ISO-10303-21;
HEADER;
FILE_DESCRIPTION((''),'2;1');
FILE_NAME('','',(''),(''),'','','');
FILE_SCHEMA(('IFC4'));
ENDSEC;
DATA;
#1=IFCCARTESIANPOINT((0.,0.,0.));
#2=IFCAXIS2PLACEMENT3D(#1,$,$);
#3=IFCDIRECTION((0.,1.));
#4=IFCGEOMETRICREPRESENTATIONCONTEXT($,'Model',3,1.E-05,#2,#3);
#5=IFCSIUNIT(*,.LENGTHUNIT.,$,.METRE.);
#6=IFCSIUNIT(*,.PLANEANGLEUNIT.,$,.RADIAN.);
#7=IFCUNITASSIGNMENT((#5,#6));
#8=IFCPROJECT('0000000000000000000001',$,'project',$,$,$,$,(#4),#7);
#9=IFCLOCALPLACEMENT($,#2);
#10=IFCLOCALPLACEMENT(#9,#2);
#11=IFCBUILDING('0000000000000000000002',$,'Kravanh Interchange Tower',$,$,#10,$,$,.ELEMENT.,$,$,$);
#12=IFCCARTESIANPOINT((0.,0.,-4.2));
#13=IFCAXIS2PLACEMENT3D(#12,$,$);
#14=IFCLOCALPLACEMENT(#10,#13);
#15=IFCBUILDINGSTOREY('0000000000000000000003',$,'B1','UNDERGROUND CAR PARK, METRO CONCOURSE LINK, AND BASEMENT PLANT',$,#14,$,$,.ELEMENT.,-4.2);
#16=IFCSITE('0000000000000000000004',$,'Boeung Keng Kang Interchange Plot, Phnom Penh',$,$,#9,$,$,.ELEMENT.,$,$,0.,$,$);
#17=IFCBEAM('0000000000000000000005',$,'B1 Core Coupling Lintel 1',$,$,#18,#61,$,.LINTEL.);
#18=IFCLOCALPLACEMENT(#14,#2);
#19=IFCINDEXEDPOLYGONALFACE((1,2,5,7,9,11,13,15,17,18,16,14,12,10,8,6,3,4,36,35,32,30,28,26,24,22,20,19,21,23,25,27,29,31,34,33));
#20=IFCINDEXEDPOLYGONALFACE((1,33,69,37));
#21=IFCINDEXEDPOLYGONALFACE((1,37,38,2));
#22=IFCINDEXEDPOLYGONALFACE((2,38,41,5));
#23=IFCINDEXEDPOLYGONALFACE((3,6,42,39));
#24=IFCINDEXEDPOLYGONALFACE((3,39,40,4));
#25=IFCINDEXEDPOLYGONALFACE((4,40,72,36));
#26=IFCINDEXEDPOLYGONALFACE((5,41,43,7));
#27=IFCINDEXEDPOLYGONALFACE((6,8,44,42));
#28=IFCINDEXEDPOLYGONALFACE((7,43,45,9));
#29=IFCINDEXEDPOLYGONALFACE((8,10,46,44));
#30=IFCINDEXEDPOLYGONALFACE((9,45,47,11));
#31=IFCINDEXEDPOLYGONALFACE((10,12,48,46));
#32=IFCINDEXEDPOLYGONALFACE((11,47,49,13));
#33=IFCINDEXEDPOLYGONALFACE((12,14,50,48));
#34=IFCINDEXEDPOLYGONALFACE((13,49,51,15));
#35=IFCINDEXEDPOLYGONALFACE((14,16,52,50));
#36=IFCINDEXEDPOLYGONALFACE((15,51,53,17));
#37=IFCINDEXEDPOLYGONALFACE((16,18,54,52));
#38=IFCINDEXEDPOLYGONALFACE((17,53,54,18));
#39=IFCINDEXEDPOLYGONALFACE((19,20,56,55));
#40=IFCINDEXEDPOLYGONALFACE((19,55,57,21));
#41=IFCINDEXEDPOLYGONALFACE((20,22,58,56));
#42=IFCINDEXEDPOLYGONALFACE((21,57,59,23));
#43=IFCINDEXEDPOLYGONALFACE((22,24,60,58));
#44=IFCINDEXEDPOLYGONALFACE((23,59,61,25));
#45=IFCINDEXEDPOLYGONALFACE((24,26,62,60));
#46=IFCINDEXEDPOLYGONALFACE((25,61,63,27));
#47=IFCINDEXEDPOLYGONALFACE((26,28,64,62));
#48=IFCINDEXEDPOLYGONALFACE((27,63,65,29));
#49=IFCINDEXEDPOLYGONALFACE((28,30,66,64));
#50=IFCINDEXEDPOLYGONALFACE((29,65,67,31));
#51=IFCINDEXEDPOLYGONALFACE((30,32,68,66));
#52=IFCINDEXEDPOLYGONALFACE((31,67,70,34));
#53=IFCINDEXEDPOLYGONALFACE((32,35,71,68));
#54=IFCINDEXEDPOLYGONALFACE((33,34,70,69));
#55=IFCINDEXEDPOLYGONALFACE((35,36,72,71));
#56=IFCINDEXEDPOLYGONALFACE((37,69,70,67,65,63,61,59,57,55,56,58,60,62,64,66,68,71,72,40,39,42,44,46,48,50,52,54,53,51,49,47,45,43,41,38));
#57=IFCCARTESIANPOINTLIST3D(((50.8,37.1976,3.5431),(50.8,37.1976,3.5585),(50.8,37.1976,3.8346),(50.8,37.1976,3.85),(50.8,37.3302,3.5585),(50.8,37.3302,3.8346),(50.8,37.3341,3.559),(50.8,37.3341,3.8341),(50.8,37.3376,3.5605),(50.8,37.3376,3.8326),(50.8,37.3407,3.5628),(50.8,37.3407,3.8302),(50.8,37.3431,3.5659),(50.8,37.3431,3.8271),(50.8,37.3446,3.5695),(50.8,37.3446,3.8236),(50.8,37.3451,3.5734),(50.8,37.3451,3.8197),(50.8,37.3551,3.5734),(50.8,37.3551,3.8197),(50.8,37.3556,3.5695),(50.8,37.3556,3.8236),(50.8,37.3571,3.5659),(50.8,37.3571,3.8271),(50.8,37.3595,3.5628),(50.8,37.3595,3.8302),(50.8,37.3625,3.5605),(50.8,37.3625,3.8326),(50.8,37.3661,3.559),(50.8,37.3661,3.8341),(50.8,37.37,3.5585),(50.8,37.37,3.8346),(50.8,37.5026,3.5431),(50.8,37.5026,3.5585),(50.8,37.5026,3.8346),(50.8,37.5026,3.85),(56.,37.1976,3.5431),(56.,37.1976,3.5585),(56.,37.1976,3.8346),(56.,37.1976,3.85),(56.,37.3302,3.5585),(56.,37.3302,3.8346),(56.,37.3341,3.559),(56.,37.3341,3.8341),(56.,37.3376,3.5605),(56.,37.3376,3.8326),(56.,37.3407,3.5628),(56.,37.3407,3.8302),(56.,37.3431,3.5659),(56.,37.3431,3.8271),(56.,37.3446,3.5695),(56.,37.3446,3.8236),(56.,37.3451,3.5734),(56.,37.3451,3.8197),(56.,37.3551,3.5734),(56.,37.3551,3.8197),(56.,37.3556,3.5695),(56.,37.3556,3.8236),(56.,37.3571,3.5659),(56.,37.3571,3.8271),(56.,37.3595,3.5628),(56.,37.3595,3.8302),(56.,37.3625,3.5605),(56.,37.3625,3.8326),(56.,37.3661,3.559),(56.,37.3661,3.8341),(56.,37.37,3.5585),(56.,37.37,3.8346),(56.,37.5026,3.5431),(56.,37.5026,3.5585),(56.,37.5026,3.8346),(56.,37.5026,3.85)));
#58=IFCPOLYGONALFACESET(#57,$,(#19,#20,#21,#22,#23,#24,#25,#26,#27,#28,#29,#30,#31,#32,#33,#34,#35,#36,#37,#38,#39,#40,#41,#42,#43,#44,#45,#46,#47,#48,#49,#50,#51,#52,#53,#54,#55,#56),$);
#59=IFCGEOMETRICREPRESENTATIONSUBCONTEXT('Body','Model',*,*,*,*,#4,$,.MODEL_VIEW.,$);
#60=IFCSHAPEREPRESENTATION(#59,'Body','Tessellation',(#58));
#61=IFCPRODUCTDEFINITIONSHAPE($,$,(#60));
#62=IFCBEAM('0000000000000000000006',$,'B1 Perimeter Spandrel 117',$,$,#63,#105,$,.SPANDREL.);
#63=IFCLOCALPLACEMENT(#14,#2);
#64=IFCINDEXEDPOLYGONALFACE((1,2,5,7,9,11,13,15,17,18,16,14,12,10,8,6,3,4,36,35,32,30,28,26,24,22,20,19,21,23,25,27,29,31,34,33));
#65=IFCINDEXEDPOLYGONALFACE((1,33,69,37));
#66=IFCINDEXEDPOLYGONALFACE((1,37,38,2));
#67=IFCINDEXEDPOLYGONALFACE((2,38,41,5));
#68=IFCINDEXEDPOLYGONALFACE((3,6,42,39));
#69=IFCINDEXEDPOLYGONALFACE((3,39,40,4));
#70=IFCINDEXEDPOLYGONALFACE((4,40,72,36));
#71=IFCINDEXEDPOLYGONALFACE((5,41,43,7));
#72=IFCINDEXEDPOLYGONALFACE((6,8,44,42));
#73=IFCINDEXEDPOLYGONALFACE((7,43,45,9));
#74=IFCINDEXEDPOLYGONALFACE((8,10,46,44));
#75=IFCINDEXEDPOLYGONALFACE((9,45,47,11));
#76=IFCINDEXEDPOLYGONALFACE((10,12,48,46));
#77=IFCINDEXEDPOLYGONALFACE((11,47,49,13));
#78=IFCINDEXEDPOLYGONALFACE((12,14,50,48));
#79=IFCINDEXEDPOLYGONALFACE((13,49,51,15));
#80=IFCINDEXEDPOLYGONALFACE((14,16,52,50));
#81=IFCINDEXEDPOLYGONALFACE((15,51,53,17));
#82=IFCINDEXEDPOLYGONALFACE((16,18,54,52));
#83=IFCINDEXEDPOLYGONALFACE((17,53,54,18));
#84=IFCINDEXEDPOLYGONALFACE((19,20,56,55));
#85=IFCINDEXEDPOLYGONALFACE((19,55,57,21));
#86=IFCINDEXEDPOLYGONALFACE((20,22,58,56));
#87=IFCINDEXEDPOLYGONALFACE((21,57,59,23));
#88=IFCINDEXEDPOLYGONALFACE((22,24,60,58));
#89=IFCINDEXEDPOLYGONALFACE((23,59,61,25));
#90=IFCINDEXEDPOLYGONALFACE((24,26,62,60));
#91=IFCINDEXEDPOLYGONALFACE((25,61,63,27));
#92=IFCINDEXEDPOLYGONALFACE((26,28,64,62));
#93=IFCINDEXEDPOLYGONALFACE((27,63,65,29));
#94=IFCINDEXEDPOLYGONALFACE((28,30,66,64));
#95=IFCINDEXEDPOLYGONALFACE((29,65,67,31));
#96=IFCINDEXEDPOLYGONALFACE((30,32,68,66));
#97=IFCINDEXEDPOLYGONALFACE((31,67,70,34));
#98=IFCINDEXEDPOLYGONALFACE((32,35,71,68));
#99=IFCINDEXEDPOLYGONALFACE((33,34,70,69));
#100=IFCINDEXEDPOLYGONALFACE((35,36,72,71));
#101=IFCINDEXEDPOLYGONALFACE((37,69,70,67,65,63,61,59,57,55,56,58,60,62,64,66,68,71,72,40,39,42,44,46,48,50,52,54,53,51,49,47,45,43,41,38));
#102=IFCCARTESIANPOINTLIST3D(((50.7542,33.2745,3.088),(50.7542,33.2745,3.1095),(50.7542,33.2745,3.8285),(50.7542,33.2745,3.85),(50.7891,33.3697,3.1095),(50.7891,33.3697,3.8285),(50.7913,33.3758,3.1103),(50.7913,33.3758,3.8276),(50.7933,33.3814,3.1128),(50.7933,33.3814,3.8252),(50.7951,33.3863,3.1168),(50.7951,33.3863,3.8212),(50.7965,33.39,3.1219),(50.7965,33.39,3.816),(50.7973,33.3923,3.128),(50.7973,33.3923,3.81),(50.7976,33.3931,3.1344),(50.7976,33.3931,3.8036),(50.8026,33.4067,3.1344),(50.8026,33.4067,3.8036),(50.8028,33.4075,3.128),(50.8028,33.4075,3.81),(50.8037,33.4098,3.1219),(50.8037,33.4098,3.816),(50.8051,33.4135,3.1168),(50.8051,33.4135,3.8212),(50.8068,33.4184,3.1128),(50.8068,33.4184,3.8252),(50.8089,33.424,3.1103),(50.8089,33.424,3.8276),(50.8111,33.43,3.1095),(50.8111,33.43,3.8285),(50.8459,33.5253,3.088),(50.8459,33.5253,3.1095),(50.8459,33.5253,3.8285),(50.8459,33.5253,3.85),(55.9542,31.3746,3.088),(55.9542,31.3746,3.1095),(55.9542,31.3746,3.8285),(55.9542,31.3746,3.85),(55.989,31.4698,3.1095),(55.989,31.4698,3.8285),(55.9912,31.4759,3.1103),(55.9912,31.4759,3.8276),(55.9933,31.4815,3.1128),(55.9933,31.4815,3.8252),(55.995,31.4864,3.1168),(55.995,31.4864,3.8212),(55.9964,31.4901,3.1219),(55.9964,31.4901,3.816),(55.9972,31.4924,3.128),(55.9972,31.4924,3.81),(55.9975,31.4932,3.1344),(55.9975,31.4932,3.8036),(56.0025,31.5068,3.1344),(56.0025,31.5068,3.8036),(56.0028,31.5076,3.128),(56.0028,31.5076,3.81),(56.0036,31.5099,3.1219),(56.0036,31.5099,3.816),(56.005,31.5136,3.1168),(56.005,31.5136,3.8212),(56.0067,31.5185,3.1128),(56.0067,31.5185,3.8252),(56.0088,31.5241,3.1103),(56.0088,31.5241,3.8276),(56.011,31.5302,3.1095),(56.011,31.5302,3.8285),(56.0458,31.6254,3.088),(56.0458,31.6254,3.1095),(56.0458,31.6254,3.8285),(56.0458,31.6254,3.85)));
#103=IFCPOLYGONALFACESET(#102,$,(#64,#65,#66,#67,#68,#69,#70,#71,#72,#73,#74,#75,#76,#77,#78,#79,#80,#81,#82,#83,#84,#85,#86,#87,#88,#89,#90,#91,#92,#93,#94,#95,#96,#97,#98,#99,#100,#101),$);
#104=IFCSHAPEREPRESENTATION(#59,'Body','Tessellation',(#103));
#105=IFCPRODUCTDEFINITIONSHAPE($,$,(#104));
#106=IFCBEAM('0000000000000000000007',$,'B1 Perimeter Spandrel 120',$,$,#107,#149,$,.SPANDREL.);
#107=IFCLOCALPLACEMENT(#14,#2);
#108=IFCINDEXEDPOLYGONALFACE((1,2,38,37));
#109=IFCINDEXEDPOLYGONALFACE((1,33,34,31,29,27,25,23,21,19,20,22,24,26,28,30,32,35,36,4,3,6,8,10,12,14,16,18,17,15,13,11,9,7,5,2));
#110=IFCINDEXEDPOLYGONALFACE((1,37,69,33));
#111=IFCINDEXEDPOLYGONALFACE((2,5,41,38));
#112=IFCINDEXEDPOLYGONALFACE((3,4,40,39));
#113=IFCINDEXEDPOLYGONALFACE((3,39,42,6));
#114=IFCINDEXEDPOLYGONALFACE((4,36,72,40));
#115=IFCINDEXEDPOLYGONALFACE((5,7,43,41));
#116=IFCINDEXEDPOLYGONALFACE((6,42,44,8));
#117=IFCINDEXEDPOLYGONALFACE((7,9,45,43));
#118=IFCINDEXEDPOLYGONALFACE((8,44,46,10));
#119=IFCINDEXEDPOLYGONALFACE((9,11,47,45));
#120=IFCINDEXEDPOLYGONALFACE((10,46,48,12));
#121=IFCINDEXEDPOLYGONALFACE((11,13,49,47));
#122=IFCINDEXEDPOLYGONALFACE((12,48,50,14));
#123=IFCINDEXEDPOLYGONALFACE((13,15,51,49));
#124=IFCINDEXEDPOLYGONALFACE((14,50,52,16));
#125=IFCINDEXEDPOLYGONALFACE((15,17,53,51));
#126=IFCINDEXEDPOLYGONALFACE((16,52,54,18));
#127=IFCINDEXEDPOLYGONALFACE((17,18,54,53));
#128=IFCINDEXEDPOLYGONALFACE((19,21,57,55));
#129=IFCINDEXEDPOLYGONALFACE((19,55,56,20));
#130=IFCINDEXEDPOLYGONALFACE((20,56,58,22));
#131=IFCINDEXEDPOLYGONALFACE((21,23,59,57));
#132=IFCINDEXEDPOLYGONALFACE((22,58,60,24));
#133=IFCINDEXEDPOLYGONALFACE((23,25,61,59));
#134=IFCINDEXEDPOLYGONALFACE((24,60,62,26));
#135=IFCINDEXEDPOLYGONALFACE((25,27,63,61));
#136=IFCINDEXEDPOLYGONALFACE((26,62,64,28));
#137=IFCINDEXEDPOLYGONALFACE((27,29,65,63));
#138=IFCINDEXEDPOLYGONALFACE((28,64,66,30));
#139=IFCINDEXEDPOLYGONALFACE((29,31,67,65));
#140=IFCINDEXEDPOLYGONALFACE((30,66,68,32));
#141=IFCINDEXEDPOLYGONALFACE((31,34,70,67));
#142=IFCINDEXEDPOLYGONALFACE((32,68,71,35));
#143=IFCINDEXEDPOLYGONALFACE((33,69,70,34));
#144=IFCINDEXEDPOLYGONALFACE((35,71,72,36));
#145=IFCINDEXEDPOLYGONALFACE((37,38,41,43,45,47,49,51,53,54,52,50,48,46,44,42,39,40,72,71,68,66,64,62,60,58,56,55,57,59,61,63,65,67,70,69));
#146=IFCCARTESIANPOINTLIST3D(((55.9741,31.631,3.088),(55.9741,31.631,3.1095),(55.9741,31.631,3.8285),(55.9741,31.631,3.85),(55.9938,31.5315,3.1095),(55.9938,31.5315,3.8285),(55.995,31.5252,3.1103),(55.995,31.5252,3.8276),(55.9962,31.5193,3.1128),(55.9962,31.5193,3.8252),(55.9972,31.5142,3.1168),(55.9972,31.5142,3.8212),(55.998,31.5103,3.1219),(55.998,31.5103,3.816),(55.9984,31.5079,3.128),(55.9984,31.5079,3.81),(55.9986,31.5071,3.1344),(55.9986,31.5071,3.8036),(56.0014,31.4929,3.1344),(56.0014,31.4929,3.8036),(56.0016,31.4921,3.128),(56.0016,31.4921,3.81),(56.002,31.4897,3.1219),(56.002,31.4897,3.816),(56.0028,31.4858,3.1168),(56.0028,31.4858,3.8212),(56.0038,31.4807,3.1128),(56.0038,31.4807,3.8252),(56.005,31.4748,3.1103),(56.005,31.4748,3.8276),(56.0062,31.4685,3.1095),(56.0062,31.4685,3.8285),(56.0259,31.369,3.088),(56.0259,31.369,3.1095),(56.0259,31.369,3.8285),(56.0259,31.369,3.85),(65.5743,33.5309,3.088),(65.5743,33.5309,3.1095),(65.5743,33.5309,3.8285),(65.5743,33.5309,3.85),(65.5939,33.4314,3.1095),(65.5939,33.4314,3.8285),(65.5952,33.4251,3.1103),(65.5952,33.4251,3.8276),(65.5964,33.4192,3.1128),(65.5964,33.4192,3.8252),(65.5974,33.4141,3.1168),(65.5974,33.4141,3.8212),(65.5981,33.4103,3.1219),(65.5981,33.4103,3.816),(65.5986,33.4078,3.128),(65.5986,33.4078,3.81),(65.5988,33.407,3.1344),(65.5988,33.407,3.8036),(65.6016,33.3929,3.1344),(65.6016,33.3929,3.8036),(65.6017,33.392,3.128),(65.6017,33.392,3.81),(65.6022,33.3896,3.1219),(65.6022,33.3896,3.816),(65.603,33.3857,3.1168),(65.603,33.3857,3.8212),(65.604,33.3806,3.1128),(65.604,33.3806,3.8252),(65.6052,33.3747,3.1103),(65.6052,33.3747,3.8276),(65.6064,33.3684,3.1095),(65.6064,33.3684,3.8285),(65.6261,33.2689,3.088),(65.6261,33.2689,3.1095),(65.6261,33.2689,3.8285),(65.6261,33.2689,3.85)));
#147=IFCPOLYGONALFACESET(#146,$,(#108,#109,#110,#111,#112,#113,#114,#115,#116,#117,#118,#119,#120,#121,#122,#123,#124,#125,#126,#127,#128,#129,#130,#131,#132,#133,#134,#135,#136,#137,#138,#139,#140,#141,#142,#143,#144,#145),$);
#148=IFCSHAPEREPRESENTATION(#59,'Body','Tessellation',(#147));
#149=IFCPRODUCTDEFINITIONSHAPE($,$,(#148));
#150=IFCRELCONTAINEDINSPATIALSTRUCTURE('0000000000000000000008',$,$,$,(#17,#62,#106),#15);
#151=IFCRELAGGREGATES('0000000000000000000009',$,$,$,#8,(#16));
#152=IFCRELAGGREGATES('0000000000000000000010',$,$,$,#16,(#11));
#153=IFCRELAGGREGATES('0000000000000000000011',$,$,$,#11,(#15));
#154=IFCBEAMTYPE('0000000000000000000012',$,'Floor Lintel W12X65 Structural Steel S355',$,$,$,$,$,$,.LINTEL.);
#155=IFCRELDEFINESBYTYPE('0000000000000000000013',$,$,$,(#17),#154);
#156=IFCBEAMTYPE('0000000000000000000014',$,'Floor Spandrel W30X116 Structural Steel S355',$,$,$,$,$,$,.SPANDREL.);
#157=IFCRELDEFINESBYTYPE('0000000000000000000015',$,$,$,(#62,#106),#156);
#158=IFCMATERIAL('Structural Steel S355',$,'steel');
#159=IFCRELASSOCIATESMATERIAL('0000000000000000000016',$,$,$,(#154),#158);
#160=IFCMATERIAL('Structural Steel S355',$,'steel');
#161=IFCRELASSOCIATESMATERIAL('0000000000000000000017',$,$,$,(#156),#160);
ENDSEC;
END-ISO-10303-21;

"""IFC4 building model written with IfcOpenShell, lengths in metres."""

from ifc_helpers import new_model, si_unit, direction, frame, origin, origin_2d, place, context, subcontext, project, spatial, i_section, extrude, material, material_profile, profile_set, type_object, element, save


model = new_model("IFC4")

# Units and contexts
model_context = context("Model", 3, precision=1e-05, world=origin(), true_north=direction((0.0, 1.0)))
body_context = subcontext(model_context, "Body", "Model", "MODEL_VIEW")
ifc_project = project(units=[si_unit("LENGTHUNIT", "METRE"), si_unit("PLANEANGLEUNIT", "RADIAN")], contexts=[model_context])

# Site, building, storey
site_placement = place(None, origin())
site = spatial("IfcSite", under=ifc_project, at=site_placement, Name="Boeung Keng Kang Interchange Plot, Phnom Penh", CompositionType="ELEMENT", RefElevation=0.0)
building_placement = place(site_placement, origin())
building = spatial("IfcBuilding", under=site, at=building_placement, Name="Kravanh Interchange Tower", CompositionType="ELEMENT")
storey_placement = place(building_placement, frame((0.0, 0.0, -4.2)))
storey = spatial("IfcBuildingStorey", under=building, at=storey_placement, Name="B1", Description="UNDERGROUND CAR PARK, METRO CONCOURSE LINK, AND BASEMENT PLANT", CompositionType="ELEMENT", Elevation=-4.2)

# Beams
ifc_material_1 = material(Name="Structural Steel S355", Category="steel")
ifc_material_profile_1 = material_profile(ifc_material_1, i_section(OverallWidth=0.3049, OverallDepth=0.3069, WebThickness=0.01, FlangeThickness=0.0154, FilletRadius=0.0149, at=origin_2d()), Name="W12X65")
ifc_profile_set_1 = profile_set([ifc_material_profile_1], Name="Structural Steel S355")
beam_type_1 = type_object("IfcBeamType", Name="Floor Lintel W12X65 Structural Steel S355", PredefinedType="LINTEL", material=ifc_profile_set_1)
beam_1_placement = place(storey_placement, frame((50.8, 37.3501, 3.6965), z_axis=(1.0, 0.0, 0.0), x_axis=(0.0, 1.0, 0.0)))
element("IfcBeam", 1, at=beam_1_placement, inside=storey, type_object=beam_type_1, Name="B1 Core Coupling Lintel 1", PredefinedType="LINTEL", context=body_context, shape_type="SweptSolid", body=[
    extrude(i_section(OverallWidth=0.3049, OverallDepth=0.3069, WebThickness=0.01, FlangeThickness=0.0154, FilletRadius=0.0149, at=origin_2d()), origin(), (0.0, 0.0, 1.0), 5.2),
])
ifc_material_2 = material(Name="Structural Steel S355", Category="steel")
ifc_material_profile_2 = material_profile(ifc_material_2, i_section(OverallWidth=0.2671, OverallDepth=0.762, WebThickness=0.0144, FlangeThickness=0.0215, FilletRadius=0.0249, at=origin_2d()), Name="W30X116")
ifc_profile_set_2 = profile_set([ifc_material_profile_2], Name="Structural Steel S355")
beam_type_2 = type_object("IfcBeamType", Name="Floor Spandrel W30X116 Structural Steel S355", PredefinedType="SPANDREL", material=ifc_profile_set_2)
beam_2_placement = place(storey_placement, frame((56.0, 31.5, 3.469), z_axis=(-0.93927, 0.34318, 0.0), x_axis=(-0.34318, -0.93927, 0.0)))
element("IfcBeam", 2, at=beam_2_placement, inside=storey, type_object=beam_type_2, Name="B1 Perimeter Spandrel 117", PredefinedType="SPANDREL", context=body_context, shape_type="SweptSolid", body=[
    extrude(i_section(OverallWidth=0.2671, OverallDepth=0.762, WebThickness=0.0144, FlangeThickness=0.0215, FilletRadius=0.0249, at=origin_2d()), origin(), (0.0, 0.0, 1.0), 5.5361),
])
beam_3_placement = place(storey_placement, frame((56.0, 31.5, 3.469), z_axis=(0.980974, 0.194139, 0.0), x_axis=(-0.194139, 0.980974, 0.0)))
element("IfcBeam", 3, at=beam_3_placement, inside=storey, type_object=beam_type_2, Name="B1 Perimeter Spandrel 120", PredefinedType="SPANDREL", context=body_context, shape_type="SweptSolid", body=[
    extrude(i_section(OverallWidth=0.2671, OverallDepth=0.762, WebThickness=0.0144, FlangeThickness=0.0215, FilletRadius=0.0249, at=origin_2d()), origin(), (0.0, 0.0, 1.0), 9.7864),
])

save(model, "model.ifc")
